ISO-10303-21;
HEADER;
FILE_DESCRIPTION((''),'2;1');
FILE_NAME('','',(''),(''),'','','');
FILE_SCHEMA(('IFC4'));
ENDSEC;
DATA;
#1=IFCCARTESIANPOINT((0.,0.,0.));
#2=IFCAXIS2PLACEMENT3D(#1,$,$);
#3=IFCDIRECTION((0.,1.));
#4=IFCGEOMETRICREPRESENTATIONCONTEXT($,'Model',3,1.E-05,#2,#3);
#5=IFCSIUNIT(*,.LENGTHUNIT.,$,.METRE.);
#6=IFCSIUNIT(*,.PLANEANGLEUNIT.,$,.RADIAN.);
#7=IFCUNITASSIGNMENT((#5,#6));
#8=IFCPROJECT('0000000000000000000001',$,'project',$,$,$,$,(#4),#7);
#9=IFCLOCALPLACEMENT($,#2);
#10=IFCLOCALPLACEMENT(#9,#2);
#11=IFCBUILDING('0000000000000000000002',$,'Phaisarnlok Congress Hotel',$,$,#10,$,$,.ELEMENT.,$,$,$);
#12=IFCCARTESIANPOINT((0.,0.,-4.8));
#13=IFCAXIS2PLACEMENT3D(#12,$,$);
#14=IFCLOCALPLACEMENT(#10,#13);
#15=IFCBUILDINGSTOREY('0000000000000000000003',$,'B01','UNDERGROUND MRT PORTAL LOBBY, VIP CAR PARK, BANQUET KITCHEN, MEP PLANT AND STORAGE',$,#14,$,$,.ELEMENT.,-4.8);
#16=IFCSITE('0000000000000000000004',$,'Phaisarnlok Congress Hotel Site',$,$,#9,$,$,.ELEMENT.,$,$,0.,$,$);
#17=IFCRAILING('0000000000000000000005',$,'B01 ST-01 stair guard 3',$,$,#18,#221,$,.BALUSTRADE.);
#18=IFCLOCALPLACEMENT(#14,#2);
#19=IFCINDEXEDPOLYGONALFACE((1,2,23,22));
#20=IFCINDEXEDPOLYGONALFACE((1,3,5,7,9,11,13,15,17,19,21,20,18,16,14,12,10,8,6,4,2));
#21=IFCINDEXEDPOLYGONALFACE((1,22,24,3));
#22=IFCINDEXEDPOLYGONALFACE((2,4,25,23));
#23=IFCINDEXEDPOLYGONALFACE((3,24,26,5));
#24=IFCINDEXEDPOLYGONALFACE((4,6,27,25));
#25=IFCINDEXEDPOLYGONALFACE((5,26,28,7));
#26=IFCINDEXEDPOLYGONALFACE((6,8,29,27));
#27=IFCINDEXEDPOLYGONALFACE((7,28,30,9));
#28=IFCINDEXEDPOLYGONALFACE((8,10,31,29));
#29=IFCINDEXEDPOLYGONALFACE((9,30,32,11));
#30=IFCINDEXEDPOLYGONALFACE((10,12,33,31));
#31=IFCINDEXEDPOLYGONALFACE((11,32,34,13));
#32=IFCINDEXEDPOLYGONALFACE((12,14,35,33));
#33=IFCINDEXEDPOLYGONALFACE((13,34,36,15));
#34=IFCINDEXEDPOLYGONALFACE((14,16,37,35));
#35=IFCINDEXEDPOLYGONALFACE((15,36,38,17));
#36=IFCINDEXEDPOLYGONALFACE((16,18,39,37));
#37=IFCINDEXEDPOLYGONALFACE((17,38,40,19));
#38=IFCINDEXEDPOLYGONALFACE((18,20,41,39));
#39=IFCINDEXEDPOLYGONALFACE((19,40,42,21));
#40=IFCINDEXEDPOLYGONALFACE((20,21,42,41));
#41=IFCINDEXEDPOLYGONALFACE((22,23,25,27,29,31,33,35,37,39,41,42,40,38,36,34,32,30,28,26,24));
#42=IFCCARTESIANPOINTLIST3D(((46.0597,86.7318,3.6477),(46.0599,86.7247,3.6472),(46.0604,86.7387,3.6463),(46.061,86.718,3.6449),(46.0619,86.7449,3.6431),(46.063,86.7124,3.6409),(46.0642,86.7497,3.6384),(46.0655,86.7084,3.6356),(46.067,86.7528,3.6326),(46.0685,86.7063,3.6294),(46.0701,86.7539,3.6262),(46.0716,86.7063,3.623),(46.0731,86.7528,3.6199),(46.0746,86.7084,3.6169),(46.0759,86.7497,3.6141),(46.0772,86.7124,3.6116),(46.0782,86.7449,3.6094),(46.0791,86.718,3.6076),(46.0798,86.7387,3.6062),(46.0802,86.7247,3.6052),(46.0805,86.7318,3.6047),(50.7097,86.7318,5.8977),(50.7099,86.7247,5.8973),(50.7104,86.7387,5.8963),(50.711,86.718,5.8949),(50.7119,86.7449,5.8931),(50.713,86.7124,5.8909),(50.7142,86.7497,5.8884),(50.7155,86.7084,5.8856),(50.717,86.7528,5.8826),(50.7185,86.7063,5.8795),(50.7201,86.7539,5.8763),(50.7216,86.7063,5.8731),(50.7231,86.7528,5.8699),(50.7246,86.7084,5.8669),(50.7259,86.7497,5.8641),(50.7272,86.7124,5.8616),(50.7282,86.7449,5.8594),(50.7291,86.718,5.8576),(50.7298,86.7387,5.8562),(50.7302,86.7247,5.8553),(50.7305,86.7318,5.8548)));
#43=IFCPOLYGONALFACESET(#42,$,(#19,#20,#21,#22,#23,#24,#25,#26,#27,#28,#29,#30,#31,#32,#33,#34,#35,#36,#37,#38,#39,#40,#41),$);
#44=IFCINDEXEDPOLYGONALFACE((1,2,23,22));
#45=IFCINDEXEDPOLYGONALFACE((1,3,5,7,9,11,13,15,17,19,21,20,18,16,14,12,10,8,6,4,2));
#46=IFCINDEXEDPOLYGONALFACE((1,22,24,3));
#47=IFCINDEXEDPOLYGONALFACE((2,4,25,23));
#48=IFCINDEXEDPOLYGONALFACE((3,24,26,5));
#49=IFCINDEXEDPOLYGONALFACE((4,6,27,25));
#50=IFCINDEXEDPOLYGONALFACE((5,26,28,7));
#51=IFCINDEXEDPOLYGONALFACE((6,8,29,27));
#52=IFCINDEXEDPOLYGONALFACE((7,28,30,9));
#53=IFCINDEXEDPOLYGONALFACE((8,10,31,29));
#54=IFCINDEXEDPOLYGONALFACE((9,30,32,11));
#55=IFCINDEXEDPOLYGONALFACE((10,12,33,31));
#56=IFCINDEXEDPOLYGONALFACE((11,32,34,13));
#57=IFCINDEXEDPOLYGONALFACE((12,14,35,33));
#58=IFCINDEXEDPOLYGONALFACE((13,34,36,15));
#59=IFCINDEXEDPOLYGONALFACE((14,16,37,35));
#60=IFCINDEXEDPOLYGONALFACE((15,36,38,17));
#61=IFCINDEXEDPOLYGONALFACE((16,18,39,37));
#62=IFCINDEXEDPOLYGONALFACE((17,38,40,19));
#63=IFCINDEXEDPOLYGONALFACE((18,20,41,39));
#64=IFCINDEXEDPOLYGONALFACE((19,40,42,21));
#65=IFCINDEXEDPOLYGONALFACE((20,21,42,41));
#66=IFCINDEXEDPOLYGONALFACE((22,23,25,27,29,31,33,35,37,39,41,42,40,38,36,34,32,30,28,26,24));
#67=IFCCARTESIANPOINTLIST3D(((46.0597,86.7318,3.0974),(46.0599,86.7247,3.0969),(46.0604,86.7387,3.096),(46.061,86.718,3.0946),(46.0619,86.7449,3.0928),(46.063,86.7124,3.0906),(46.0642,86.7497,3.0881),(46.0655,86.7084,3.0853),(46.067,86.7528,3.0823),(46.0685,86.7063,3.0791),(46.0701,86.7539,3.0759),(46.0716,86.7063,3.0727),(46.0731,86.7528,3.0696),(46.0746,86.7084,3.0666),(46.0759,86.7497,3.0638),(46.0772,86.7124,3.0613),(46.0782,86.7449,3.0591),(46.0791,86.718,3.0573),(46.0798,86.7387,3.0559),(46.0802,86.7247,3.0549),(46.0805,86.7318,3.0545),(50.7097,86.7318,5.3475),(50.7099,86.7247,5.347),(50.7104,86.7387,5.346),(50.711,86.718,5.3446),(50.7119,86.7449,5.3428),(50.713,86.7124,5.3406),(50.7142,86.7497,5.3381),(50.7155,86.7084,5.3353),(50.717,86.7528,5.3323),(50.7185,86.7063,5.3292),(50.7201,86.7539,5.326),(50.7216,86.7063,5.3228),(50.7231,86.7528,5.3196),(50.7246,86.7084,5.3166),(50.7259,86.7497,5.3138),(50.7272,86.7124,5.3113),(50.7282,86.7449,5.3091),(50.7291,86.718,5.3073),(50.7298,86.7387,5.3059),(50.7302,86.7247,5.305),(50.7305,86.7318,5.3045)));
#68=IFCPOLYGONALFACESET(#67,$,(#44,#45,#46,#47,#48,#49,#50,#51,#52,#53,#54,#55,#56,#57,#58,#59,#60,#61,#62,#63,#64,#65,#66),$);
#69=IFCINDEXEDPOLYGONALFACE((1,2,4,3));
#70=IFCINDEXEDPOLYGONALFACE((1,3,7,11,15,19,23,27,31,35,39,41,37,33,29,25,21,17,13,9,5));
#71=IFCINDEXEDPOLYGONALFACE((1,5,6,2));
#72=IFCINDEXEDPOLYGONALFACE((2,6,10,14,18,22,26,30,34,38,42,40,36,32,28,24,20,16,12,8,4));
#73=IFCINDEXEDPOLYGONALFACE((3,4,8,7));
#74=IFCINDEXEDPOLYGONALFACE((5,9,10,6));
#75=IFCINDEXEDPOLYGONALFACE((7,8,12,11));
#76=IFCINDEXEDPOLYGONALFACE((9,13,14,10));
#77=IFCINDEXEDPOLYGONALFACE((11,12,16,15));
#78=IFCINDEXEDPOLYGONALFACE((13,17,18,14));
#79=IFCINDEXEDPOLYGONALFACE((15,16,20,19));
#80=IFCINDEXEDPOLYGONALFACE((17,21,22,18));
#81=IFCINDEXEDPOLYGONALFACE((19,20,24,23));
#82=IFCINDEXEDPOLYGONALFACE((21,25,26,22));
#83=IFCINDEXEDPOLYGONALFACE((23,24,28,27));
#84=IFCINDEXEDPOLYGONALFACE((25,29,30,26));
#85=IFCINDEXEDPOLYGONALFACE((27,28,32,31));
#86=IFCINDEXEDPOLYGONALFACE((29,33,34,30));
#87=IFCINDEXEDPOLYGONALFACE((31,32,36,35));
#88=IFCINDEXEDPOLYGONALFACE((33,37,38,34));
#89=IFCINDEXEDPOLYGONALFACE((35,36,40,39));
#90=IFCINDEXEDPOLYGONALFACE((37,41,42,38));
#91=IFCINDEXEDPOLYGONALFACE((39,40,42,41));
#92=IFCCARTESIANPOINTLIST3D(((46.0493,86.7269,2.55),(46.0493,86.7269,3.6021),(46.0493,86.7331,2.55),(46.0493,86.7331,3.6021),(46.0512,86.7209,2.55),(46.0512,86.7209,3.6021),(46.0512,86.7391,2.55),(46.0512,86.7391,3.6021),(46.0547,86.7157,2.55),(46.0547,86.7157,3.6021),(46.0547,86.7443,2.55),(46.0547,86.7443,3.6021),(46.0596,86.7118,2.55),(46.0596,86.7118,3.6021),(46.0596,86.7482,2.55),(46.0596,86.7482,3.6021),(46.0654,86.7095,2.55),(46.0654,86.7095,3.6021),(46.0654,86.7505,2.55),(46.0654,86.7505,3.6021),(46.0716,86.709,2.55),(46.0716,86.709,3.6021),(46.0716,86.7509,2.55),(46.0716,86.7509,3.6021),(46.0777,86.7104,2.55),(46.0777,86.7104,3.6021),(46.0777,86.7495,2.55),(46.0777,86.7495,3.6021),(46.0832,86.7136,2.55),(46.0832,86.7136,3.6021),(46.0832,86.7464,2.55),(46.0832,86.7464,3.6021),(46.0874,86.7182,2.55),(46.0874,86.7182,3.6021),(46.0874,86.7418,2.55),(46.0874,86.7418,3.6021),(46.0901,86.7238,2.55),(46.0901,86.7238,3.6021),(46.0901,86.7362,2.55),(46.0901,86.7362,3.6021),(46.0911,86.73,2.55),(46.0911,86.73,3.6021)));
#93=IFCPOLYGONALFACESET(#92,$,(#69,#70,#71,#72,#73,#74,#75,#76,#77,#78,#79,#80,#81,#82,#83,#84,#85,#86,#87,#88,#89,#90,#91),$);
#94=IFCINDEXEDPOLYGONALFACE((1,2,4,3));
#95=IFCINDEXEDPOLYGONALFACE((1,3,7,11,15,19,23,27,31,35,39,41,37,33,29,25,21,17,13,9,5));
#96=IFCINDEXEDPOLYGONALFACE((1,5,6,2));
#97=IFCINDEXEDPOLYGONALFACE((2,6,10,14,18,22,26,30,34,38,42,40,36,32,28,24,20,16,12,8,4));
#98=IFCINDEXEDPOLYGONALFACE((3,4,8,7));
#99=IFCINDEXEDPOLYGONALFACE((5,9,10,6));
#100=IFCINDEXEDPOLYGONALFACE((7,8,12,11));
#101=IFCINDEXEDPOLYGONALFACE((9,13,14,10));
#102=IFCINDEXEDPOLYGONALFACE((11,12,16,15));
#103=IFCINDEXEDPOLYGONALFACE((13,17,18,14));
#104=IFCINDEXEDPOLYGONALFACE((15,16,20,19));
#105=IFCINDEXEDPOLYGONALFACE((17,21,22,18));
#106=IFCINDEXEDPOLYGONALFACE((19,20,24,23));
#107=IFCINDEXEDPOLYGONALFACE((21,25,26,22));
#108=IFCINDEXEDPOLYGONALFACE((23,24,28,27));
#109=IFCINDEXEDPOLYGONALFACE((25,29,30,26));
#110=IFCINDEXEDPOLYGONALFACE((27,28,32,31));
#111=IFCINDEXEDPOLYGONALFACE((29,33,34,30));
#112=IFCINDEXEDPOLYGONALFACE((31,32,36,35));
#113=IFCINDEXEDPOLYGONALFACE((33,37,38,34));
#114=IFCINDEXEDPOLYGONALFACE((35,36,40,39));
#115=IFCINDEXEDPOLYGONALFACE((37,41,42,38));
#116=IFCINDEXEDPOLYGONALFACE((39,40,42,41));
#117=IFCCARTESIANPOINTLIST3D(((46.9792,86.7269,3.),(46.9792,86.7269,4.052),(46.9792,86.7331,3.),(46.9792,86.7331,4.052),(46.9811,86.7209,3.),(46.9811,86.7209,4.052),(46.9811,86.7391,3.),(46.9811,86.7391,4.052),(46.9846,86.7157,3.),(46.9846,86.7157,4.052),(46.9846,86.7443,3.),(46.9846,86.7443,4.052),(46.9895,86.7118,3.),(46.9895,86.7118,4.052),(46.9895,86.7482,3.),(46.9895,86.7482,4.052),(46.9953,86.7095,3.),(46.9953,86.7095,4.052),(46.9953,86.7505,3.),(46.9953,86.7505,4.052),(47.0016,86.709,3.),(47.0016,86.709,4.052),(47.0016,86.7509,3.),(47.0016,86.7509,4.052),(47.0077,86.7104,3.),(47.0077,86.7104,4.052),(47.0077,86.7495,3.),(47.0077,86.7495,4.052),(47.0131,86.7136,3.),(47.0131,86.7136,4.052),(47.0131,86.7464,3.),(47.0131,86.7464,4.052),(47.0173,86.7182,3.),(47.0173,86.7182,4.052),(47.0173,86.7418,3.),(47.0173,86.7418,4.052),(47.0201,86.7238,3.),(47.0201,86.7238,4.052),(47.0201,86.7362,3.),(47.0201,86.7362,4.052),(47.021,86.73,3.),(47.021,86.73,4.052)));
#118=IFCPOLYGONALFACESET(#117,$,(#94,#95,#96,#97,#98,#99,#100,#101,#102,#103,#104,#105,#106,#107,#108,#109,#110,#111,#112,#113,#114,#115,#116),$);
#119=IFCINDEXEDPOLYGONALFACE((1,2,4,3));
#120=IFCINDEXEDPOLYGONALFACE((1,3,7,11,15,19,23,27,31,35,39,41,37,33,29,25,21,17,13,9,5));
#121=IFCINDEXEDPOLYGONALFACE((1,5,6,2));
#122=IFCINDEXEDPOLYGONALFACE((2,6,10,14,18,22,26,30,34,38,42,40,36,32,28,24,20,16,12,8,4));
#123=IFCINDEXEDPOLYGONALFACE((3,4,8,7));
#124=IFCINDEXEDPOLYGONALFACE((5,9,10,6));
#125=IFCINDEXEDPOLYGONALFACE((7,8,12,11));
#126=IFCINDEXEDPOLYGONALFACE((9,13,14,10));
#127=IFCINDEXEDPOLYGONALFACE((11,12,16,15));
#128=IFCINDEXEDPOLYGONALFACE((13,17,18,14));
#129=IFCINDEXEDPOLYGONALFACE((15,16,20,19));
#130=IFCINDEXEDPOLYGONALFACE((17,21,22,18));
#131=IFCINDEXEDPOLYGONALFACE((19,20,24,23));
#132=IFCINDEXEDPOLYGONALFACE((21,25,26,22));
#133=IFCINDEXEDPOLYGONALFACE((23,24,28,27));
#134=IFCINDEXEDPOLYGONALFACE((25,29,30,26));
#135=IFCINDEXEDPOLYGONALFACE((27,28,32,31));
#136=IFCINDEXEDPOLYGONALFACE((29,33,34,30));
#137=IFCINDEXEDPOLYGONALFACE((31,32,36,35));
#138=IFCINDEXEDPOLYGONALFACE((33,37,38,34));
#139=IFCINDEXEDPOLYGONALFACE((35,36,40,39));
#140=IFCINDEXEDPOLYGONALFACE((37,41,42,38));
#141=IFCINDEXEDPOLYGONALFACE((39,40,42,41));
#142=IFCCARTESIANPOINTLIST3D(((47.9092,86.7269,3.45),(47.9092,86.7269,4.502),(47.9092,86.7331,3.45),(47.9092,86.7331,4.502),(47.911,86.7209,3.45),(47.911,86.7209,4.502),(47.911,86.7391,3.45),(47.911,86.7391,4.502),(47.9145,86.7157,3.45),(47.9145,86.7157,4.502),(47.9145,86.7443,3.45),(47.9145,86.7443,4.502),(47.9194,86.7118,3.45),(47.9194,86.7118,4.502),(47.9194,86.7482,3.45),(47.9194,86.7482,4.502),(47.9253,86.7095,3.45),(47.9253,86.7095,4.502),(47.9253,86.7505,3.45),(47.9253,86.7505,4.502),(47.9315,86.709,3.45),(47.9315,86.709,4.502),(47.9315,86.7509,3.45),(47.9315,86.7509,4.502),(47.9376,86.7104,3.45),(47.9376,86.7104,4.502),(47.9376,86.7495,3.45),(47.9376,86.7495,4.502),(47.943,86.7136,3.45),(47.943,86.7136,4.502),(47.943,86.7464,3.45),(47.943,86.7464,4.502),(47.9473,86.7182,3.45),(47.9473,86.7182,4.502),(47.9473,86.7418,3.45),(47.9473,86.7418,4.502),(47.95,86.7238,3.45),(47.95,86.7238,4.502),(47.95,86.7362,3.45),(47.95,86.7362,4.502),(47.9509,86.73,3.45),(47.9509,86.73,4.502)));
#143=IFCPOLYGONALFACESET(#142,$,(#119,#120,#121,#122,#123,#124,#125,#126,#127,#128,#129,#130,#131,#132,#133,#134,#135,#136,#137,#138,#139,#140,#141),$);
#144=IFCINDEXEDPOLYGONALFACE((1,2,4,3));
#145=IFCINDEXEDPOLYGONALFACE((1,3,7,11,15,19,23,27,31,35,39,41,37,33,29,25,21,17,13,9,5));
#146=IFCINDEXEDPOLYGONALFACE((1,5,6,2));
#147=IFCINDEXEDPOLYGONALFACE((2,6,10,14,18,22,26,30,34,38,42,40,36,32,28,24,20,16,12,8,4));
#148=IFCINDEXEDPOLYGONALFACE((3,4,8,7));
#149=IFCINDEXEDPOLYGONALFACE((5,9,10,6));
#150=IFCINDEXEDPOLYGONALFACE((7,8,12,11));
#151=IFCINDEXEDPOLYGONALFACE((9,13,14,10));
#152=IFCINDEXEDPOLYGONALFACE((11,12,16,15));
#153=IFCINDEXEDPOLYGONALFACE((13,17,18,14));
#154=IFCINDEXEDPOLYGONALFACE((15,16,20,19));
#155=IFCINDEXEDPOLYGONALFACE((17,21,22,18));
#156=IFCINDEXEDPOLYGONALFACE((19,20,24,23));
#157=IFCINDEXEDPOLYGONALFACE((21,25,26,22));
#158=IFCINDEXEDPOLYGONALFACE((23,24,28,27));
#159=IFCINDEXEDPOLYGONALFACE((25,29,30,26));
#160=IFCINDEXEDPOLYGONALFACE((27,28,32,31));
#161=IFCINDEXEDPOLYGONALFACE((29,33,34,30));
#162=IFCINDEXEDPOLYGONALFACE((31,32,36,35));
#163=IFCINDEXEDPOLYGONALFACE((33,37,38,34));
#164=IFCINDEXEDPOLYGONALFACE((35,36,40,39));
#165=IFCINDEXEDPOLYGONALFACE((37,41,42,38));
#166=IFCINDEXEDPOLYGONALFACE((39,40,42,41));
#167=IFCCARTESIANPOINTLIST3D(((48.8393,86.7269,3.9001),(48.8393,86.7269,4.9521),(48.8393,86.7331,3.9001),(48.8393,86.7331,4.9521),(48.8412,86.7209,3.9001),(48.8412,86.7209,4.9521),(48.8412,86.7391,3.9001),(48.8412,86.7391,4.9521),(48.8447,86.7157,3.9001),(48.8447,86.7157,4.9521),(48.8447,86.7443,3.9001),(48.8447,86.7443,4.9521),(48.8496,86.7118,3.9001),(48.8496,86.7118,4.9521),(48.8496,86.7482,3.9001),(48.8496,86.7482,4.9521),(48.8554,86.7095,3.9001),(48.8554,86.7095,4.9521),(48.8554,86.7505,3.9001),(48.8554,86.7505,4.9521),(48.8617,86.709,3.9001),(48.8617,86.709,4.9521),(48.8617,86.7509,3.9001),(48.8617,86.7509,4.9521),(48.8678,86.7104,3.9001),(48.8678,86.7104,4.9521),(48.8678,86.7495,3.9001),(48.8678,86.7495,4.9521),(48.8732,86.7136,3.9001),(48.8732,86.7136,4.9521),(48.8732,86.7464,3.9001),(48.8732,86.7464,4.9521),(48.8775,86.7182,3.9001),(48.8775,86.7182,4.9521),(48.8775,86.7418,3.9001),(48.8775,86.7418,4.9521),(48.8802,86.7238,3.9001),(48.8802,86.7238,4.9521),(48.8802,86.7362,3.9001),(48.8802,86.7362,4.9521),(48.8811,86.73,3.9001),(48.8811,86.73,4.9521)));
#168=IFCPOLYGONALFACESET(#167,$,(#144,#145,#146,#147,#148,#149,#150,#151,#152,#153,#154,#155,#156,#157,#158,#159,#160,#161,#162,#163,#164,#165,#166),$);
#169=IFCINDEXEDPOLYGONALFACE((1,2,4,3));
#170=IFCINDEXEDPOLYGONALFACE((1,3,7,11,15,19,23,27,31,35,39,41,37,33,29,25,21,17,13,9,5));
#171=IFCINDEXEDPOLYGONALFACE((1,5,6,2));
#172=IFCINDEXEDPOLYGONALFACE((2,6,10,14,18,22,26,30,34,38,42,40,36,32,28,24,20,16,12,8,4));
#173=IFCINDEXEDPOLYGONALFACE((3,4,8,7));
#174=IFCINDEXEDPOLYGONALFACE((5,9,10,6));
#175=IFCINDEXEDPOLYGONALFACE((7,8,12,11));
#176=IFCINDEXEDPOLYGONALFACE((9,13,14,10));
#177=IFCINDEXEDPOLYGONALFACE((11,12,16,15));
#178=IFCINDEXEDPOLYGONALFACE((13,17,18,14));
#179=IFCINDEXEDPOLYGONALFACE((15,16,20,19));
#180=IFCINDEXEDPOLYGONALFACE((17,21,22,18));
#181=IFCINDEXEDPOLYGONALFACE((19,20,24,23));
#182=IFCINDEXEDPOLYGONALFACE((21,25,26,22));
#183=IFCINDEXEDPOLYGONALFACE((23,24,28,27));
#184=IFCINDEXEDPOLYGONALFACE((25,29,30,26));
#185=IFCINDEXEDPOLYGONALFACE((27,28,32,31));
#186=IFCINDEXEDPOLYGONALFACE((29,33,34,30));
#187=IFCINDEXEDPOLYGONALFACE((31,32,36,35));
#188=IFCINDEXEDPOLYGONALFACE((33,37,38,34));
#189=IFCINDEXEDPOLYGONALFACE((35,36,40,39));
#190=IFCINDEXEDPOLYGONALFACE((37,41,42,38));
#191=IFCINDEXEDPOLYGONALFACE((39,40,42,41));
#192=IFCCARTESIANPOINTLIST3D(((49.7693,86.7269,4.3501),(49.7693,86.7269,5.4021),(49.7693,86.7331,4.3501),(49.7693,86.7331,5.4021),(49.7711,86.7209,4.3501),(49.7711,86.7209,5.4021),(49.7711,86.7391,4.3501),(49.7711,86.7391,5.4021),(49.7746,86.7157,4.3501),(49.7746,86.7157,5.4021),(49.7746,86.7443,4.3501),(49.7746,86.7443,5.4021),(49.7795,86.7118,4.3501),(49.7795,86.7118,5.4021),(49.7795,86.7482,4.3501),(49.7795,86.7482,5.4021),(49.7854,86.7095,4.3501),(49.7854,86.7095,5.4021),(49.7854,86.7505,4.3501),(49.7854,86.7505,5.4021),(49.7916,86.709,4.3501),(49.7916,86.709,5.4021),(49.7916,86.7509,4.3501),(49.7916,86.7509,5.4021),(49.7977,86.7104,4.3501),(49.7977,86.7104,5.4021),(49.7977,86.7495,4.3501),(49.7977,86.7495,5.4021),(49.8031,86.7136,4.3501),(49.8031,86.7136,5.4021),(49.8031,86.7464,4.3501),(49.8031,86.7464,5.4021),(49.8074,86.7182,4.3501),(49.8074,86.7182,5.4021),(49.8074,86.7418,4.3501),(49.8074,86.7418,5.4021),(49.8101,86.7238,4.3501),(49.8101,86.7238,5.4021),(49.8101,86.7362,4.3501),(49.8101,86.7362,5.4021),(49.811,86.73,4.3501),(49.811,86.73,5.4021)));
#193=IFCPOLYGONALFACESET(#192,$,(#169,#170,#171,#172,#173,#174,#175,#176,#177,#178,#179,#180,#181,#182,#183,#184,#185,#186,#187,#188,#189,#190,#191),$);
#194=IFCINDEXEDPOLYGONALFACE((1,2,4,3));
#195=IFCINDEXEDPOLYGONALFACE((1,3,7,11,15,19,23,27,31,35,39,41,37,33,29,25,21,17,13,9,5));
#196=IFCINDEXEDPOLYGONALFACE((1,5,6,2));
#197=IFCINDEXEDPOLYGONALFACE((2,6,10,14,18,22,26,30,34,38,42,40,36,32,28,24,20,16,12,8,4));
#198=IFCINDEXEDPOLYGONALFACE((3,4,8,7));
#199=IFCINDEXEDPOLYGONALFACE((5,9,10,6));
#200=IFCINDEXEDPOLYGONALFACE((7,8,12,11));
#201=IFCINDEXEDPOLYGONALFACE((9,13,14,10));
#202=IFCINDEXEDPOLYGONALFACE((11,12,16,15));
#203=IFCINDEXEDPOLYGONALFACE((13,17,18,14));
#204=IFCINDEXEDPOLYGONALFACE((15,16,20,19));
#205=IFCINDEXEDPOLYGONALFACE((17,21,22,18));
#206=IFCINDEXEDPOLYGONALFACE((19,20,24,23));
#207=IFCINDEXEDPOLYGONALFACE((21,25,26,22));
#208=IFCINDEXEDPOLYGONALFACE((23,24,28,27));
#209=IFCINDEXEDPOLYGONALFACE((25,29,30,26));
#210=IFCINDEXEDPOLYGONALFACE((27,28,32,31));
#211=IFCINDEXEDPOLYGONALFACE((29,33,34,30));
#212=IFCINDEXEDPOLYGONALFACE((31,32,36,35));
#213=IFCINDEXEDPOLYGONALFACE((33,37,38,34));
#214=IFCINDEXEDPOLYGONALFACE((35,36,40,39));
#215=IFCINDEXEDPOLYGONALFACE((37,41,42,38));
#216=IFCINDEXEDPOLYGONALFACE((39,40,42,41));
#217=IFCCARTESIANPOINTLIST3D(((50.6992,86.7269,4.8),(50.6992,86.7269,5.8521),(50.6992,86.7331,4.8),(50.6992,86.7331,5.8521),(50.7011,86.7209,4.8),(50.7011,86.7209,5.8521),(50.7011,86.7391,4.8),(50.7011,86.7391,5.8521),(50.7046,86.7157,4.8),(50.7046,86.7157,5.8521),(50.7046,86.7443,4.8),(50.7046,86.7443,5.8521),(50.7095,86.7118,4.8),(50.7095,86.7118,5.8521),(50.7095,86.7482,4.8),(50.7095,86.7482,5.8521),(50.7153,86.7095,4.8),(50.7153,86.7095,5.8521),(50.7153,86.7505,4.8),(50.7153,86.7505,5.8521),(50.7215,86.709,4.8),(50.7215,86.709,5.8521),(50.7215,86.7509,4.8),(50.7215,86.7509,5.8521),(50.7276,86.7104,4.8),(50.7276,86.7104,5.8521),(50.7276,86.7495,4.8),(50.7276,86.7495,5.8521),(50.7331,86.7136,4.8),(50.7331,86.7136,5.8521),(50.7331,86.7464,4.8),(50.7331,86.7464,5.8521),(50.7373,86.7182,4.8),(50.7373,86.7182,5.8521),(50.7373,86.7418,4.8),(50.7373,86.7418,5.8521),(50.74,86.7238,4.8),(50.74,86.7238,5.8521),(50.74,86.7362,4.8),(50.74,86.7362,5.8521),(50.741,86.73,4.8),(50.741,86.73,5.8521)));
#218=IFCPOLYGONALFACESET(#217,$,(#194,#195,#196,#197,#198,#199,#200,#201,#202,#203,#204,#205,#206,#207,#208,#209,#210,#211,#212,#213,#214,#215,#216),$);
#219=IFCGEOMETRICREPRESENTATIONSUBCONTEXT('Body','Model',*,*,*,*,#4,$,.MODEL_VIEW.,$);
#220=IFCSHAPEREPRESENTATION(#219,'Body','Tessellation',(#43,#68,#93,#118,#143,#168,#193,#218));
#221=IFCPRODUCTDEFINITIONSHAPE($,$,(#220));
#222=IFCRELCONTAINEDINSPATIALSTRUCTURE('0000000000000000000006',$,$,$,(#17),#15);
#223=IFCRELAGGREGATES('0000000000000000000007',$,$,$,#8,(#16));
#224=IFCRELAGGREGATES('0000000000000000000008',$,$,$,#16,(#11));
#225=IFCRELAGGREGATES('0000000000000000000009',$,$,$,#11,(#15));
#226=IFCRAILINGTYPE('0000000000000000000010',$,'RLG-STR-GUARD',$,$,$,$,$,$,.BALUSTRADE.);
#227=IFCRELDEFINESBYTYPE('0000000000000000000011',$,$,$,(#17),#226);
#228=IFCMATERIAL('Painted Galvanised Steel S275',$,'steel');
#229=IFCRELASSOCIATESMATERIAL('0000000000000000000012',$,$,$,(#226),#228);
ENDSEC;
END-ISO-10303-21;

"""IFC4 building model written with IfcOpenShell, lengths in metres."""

from ifc_helpers import new_model, si_unit, direction, frame, origin, origin_2d, place, context, subcontext, project, spatial, circle, extrude, material, type_object, element, save


model = new_model("IFC4")

# Units and contexts
model_context = context("Model", 3, precision=1e-05, world=origin(), true_north=direction((0.0, 1.0)))
body_context = subcontext(model_context, "Body", "Model", "MODEL_VIEW")
ifc_project = project(units=[si_unit("LENGTHUNIT", "METRE"), si_unit("PLANEANGLEUNIT", "RADIAN")], contexts=[model_context])

# Site, building, storey
site_placement = place(None, origin())
site = spatial("IfcSite", under=ifc_project, at=site_placement, Name="Phaisarnlok Congress Hotel Site", CompositionType="ELEMENT", RefElevation=0.0)
building_placement = place(site_placement, origin())
building = spatial("IfcBuilding", under=site, at=building_placement, Name="Phaisarnlok Congress Hotel", CompositionType="ELEMENT")
storey_placement = place(building_placement, frame((0.0, 0.0, -4.8)))
storey = spatial("IfcBuildingStorey", under=building, at=storey_placement, Name="B01", Description="UNDERGROUND MRT PORTAL LOBBY, VIP CAR PARK, BANQUET KITCHEN, MEP PLANT AND STORAGE", CompositionType="ELEMENT", Elevation=-4.8)

# Railing
ifc_material_1 = material(Name="Painted Galvanised Steel S275", Category="steel")
railing_type_1 = type_object("IfcRailingType", Name="RLG-STR-GUARD", PredefinedType="BALUSTRADE", material=ifc_material_1)
railing_1_placement = place(storey_placement, frame((46.0701, 86.73, 2.55)))
element("IfcRailing", 1, at=railing_1_placement, inside=storey, type_object=railing_type_1, Name="B01 ST-01 stair guard 3", PredefinedType="BALUSTRADE", context=body_context, shape_type="SweptSolid", body=[
    extrude(circle(Radius=0.0239, at=origin_2d()), frame((0.0, 0.0, 1.0762), z_axis=(0.900156, 0.0, 0.435568), x_axis=(0.0, 1.0, 0.0)), (0.0, 0.0, 1.0), 5.1658),
    extrude(circle(Radius=0.0239, at=origin_2d()), frame((0.0, 0.0, 0.5259), z_axis=(0.900156, 0.0, 0.435568), x_axis=(0.0, 1.0, 0.0)), (0.0, 0.0, 1.0), 5.1658),
    extrude(circle(Radius=0.021, at=origin_2d()), origin(), (0.0, 0.0, 1.0), 1.052),
    extrude(circle(Radius=0.021, at=origin_2d()), frame((0.9299, 0.0, 0.45)), (0.0, 0.0, 1.0), 1.052),
    extrude(circle(Radius=0.021, at=origin_2d()), frame((1.8599, 0.0, 0.8999)), (0.0, 0.0, 1.0), 1.052),
    extrude(circle(Radius=0.021, at=origin_2d()), frame((2.79, 0.0, 1.3501)), (0.0, 0.0, 1.0), 1.052),
    extrude(circle(Radius=0.021, at=origin_2d()), frame((3.72, 0.0, 1.8)), (0.0, 0.0, 1.0), 1.052),
    extrude(circle(Radius=0.021, at=origin_2d()), frame((4.6499, 0.0, 2.25)), (0.0, 0.0, 1.0), 1.052),
])

save(model, "model.ifc")
